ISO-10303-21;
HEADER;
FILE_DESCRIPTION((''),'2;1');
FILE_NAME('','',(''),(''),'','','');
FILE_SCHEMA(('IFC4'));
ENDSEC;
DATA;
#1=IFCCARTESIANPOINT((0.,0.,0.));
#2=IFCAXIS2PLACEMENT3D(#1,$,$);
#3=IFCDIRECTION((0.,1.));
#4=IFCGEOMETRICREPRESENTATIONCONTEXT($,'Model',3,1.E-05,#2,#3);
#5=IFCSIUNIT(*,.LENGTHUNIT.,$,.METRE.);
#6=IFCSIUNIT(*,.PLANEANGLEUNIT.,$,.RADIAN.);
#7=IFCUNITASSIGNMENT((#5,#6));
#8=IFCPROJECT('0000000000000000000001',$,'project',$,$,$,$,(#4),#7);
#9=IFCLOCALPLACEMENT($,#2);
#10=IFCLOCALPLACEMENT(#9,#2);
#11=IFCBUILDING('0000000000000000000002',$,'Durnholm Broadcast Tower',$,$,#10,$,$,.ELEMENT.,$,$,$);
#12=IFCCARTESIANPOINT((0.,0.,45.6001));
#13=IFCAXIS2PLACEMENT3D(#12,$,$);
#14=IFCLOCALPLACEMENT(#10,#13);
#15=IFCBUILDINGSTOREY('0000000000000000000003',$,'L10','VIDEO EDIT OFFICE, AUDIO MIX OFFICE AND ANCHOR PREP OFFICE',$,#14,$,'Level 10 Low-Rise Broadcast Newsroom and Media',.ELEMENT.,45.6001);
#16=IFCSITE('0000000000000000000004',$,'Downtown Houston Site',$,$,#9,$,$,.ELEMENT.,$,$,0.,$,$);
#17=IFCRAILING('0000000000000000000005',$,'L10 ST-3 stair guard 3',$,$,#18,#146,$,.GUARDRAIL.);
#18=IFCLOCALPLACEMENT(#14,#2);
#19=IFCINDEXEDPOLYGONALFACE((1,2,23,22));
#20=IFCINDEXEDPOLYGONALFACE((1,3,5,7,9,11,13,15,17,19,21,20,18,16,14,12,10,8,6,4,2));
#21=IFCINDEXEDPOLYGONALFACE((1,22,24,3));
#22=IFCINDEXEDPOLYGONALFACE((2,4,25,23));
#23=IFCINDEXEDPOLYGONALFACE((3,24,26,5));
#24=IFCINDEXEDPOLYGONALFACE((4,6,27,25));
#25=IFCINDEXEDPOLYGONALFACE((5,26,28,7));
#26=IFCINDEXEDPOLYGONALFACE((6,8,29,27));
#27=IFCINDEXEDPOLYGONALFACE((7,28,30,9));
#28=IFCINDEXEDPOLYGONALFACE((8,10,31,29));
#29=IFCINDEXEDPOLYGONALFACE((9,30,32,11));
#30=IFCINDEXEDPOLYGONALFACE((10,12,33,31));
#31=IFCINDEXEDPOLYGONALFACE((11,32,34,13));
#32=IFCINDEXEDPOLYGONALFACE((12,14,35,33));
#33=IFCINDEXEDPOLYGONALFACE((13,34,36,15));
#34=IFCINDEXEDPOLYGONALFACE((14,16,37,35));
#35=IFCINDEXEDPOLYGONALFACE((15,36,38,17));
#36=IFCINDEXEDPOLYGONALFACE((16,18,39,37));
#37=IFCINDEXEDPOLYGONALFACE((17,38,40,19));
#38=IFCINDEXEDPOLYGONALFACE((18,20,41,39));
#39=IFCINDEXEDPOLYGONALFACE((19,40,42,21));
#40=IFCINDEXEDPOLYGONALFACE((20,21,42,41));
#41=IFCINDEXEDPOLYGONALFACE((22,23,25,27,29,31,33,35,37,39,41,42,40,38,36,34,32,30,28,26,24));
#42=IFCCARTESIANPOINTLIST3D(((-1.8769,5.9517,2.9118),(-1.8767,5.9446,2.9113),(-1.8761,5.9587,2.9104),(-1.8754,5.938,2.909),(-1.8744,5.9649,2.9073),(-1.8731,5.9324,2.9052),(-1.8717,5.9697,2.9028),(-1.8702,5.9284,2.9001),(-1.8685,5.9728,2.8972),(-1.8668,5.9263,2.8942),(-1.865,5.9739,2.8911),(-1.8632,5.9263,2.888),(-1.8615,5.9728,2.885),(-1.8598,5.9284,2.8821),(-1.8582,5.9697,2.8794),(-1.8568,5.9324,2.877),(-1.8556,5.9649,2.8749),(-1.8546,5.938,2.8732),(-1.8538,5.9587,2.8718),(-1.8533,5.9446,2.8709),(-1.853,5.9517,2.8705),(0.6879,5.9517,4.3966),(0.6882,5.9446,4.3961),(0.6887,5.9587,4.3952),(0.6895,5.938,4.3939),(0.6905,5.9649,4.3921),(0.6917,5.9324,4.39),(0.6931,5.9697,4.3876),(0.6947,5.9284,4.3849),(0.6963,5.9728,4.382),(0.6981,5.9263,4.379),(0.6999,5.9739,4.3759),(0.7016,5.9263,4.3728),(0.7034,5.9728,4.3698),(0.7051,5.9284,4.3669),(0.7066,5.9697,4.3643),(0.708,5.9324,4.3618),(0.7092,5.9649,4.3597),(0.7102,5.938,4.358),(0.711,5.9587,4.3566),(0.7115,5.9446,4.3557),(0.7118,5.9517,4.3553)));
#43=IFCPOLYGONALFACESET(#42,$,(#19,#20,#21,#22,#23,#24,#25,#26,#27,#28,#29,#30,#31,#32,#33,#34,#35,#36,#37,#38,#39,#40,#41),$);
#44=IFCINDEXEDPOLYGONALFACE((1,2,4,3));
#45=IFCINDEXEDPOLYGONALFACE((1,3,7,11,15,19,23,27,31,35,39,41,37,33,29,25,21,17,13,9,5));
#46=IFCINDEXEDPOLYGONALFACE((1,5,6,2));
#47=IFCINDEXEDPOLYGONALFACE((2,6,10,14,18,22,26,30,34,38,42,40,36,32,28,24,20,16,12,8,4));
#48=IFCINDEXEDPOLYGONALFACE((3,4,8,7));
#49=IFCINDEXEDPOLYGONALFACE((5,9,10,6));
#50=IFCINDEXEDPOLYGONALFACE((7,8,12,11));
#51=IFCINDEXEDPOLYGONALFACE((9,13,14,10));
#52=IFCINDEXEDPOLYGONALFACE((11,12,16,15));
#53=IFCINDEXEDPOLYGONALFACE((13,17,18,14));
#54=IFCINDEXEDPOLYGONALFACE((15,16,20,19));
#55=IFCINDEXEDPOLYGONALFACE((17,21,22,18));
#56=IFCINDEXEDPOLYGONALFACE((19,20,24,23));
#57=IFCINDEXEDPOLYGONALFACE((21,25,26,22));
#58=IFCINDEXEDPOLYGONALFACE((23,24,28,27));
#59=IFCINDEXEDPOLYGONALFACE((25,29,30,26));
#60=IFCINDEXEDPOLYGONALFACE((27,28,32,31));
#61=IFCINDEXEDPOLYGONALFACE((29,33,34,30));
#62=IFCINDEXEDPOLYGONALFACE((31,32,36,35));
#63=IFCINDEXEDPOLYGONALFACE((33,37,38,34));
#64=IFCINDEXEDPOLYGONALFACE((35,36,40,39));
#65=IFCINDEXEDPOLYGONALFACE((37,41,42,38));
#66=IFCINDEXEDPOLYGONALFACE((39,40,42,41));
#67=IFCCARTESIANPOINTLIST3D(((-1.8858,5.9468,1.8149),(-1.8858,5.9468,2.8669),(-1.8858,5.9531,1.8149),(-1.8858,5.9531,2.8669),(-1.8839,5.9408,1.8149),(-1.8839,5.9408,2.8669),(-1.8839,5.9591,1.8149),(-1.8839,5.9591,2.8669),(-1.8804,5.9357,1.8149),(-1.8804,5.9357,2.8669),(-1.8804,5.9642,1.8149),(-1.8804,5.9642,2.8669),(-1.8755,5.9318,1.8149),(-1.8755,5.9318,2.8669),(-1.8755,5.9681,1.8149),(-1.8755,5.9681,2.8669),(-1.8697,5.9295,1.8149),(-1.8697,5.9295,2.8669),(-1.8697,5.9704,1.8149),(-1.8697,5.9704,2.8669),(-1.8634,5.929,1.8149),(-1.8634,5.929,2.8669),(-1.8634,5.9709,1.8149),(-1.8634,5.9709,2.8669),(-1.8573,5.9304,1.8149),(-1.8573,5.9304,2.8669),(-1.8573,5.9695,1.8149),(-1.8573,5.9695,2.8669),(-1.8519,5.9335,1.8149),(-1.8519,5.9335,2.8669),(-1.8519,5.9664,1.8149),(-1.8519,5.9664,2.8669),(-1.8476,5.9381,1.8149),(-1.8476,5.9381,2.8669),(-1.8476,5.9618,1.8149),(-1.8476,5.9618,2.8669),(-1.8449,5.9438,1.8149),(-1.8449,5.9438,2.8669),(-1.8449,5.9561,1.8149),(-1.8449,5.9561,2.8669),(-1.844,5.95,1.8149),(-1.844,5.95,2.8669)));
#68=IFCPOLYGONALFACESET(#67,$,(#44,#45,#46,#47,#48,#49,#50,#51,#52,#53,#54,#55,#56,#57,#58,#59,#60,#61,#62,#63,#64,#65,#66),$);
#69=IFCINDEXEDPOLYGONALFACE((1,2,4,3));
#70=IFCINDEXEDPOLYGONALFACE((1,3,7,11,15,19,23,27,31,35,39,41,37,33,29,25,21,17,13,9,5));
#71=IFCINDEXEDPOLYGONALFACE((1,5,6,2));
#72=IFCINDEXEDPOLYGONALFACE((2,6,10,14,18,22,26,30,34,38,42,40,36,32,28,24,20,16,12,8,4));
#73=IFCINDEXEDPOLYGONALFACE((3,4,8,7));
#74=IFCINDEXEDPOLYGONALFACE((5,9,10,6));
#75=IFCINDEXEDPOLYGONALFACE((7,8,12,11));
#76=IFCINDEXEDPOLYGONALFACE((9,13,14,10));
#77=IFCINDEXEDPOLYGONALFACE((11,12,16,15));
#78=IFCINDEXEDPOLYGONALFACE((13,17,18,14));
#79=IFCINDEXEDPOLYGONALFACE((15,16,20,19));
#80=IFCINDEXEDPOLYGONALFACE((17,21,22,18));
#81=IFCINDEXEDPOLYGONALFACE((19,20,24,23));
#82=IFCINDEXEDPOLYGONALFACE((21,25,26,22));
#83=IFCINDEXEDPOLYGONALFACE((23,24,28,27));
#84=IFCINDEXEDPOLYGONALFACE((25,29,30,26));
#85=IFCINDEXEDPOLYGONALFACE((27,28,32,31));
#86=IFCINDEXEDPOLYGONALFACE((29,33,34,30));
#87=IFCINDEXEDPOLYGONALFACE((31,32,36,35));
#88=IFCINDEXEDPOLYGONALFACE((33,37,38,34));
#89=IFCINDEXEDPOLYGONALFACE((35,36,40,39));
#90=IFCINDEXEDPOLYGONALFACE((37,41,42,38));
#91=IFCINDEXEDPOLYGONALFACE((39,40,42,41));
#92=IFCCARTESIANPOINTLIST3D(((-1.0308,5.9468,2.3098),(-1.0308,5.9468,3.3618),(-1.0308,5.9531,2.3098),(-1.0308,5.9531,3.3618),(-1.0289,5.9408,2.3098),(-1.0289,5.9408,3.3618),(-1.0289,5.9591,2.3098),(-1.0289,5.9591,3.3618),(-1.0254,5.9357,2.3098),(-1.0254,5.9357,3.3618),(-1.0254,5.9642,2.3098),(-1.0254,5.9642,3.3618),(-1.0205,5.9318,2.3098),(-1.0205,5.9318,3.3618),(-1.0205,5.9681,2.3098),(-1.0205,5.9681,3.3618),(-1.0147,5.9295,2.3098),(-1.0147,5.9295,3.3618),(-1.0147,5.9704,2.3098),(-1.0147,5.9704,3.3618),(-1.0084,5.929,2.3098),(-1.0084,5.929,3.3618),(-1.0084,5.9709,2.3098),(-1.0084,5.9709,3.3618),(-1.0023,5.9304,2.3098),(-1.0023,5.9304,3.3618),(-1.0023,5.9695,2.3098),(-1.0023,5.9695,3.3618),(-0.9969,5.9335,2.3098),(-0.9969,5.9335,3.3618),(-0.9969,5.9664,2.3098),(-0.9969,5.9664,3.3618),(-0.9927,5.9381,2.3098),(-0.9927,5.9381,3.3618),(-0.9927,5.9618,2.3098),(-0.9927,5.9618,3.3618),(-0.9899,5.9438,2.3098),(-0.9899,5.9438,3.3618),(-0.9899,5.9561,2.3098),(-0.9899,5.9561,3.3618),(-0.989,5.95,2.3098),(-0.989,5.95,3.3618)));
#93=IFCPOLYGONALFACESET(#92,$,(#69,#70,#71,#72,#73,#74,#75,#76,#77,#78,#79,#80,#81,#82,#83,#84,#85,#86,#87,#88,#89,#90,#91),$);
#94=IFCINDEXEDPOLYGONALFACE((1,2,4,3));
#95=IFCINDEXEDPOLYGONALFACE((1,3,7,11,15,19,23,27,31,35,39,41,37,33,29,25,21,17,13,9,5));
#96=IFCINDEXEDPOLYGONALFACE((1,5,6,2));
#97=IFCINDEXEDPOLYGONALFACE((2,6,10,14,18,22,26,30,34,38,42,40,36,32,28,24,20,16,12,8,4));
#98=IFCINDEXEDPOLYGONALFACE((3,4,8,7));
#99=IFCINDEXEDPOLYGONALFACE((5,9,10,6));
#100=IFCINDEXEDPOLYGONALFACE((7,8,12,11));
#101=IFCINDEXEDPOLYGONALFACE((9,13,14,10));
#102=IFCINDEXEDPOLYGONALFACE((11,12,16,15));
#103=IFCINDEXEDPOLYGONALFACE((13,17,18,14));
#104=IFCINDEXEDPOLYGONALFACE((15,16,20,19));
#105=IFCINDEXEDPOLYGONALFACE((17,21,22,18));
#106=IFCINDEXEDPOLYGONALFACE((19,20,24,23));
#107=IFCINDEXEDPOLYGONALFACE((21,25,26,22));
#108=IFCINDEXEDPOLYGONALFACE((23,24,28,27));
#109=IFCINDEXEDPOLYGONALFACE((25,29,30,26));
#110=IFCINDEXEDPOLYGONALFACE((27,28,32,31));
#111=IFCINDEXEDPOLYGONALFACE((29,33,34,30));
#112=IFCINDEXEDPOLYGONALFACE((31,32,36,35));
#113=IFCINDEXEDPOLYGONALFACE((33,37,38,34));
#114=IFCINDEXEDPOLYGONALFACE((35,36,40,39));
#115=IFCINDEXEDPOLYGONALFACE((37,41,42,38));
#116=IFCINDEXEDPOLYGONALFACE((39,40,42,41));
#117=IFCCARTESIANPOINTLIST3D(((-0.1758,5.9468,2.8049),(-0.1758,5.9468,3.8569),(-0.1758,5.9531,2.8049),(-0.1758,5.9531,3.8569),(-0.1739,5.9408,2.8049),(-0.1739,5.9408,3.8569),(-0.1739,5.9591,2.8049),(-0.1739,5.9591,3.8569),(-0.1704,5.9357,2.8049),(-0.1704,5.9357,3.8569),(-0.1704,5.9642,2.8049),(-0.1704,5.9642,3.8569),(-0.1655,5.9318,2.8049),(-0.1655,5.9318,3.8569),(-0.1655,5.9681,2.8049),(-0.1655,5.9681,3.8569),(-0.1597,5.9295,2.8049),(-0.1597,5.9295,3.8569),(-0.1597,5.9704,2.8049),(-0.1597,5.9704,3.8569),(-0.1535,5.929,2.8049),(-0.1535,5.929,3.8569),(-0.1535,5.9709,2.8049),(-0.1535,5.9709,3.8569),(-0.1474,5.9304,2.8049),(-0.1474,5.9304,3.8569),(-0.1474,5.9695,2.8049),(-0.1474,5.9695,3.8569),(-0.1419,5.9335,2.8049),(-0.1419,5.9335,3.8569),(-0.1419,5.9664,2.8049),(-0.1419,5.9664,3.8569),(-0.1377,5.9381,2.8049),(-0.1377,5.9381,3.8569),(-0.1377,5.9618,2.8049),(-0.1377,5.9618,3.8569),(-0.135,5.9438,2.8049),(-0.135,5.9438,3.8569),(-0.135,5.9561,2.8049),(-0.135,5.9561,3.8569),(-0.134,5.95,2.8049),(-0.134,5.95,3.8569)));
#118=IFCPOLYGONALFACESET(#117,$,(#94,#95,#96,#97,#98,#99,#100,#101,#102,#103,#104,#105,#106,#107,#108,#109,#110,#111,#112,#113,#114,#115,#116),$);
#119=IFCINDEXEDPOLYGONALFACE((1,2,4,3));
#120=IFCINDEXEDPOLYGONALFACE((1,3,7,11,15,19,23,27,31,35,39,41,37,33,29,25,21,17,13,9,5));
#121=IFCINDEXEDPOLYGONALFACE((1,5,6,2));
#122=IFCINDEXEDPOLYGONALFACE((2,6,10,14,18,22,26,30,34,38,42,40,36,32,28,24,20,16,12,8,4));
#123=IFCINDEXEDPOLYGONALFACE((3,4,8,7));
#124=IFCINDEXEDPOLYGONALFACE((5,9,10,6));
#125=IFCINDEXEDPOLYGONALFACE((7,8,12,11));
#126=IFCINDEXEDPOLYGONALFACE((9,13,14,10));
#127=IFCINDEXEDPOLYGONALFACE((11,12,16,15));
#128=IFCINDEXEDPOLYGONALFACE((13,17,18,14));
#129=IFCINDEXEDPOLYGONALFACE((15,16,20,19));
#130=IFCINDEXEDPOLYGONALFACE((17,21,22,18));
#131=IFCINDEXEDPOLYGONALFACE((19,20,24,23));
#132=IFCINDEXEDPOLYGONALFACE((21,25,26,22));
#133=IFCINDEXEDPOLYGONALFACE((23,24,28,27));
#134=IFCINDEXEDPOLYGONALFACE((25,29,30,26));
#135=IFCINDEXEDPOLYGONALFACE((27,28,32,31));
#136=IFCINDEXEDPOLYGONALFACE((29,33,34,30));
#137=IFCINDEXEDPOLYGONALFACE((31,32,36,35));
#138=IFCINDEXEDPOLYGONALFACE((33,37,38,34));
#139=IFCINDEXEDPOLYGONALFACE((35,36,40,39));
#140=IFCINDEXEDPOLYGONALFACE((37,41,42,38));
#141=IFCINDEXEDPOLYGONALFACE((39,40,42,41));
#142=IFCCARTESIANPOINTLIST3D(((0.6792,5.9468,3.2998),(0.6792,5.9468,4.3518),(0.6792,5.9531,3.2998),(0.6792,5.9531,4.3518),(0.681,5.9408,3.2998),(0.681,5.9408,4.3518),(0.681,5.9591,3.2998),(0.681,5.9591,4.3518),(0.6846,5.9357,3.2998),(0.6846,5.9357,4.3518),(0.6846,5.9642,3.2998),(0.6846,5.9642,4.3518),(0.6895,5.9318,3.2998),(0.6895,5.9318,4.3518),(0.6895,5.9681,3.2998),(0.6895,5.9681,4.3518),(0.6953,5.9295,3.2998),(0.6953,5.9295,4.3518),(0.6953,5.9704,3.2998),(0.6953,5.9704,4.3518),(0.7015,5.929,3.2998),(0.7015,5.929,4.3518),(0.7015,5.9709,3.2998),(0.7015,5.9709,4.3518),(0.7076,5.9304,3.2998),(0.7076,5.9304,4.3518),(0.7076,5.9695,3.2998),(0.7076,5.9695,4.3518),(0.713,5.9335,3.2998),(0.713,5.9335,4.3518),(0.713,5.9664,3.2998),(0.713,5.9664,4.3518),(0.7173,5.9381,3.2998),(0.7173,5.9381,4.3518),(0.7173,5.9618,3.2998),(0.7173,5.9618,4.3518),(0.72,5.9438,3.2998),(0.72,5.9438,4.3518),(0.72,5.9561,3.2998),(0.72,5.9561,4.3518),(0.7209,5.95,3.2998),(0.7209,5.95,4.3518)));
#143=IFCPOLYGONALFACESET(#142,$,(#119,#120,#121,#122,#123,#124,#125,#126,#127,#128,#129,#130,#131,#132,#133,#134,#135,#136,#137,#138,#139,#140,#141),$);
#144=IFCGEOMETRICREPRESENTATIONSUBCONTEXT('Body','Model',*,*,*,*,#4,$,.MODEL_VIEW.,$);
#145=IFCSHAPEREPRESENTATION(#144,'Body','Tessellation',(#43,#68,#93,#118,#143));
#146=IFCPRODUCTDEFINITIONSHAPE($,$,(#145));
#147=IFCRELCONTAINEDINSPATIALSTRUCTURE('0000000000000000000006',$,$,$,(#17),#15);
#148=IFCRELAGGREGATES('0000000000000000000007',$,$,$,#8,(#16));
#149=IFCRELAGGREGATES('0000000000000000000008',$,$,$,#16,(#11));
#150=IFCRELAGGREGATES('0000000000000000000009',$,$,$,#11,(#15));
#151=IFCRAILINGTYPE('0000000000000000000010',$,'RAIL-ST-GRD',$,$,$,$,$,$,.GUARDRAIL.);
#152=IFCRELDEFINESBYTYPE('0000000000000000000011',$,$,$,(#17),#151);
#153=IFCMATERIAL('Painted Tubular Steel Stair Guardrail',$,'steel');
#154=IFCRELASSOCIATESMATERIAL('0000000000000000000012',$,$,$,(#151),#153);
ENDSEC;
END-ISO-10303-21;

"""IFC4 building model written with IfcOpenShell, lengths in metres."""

from ifc_helpers import new_model, si_unit, direction, frame, origin, origin_2d, place, context, subcontext, project, spatial, circle, extrude, material, type_object, element, save


model = new_model("IFC4")

# Units and contexts
model_context = context("Model", 3, precision=1e-05, world=origin(), true_north=direction((0.0, 1.0)))
body_context = subcontext(model_context, "Body", "Model", "MODEL_VIEW")
ifc_project = project(units=[si_unit("LENGTHUNIT", "METRE"), si_unit("PLANEANGLEUNIT", "RADIAN")], contexts=[model_context])

# Site, building, storey
site_placement = place(None, origin())
site = spatial("IfcSite", under=ifc_project, at=site_placement, Name="Downtown Houston Site", CompositionType="ELEMENT", RefElevation=0.0)
building_placement = place(site_placement, origin())
building = spatial("IfcBuilding", under=site, at=building_placement, Name="Durnholm Broadcast Tower", CompositionType="ELEMENT")
storey_placement = place(building_placement, frame((0.0, 0.0, 45.6001)))
storey = spatial("IfcBuildingStorey", under=building, at=storey_placement, Name="L10", Description="VIDEO EDIT OFFICE, AUDIO MIX OFFICE AND ANCHOR PREP OFFICE", LongName="Level 10 Low-Rise Broadcast Newsroom and Media", CompositionType="ELEMENT", Elevation=45.6001)

# Railing
ifc_material_1 = material(Name="Painted Tubular Steel Stair Guardrail", Category="steel")
railing_type_1 = type_object("IfcRailingType", Name="RAIL-ST-GRD", PredefinedType="GUARDRAIL", material=ifc_material_1)
railing_1_placement = place(storey_placement, frame((-1.865, 5.95, 1.8149)))
element("IfcRailing", 1, at=railing_1_placement, inside=storey, type_object=railing_type_1, Name="L10 ST-3 stair guard 3", PredefinedType="GUARDRAIL", context=body_context, shape_type="SweptSolid", body=[
    extrude(circle(Radius=0.0239, at=origin_2d()), frame((0.0, 0.0, 1.0762), z_axis=(0.865441, 0.0, 0.50101), x_axis=(0.0, 1.0, 0.0)), (0.0, 0.0, 1.0), 2.9636),
    extrude(circle(Radius=0.021, at=origin_2d()), origin(), (0.0, 0.0, 1.0), 1.052),
    extrude(circle(Radius=0.021, at=origin_2d()), frame((0.855, 0.0, 0.4949)), (0.0, 0.0, 1.0), 1.052),
    extrude(circle(Radius=0.021, at=origin_2d()), frame((1.71, 0.0, 0.99)), (0.0, 0.0, 1.0), 1.052),
    extrude(circle(Radius=0.021, at=origin_2d()), frame((2.5649, 0.0, 1.4849)), (0.0, 0.0, 1.0), 1.052),
])

save(model, "model.ifc")
